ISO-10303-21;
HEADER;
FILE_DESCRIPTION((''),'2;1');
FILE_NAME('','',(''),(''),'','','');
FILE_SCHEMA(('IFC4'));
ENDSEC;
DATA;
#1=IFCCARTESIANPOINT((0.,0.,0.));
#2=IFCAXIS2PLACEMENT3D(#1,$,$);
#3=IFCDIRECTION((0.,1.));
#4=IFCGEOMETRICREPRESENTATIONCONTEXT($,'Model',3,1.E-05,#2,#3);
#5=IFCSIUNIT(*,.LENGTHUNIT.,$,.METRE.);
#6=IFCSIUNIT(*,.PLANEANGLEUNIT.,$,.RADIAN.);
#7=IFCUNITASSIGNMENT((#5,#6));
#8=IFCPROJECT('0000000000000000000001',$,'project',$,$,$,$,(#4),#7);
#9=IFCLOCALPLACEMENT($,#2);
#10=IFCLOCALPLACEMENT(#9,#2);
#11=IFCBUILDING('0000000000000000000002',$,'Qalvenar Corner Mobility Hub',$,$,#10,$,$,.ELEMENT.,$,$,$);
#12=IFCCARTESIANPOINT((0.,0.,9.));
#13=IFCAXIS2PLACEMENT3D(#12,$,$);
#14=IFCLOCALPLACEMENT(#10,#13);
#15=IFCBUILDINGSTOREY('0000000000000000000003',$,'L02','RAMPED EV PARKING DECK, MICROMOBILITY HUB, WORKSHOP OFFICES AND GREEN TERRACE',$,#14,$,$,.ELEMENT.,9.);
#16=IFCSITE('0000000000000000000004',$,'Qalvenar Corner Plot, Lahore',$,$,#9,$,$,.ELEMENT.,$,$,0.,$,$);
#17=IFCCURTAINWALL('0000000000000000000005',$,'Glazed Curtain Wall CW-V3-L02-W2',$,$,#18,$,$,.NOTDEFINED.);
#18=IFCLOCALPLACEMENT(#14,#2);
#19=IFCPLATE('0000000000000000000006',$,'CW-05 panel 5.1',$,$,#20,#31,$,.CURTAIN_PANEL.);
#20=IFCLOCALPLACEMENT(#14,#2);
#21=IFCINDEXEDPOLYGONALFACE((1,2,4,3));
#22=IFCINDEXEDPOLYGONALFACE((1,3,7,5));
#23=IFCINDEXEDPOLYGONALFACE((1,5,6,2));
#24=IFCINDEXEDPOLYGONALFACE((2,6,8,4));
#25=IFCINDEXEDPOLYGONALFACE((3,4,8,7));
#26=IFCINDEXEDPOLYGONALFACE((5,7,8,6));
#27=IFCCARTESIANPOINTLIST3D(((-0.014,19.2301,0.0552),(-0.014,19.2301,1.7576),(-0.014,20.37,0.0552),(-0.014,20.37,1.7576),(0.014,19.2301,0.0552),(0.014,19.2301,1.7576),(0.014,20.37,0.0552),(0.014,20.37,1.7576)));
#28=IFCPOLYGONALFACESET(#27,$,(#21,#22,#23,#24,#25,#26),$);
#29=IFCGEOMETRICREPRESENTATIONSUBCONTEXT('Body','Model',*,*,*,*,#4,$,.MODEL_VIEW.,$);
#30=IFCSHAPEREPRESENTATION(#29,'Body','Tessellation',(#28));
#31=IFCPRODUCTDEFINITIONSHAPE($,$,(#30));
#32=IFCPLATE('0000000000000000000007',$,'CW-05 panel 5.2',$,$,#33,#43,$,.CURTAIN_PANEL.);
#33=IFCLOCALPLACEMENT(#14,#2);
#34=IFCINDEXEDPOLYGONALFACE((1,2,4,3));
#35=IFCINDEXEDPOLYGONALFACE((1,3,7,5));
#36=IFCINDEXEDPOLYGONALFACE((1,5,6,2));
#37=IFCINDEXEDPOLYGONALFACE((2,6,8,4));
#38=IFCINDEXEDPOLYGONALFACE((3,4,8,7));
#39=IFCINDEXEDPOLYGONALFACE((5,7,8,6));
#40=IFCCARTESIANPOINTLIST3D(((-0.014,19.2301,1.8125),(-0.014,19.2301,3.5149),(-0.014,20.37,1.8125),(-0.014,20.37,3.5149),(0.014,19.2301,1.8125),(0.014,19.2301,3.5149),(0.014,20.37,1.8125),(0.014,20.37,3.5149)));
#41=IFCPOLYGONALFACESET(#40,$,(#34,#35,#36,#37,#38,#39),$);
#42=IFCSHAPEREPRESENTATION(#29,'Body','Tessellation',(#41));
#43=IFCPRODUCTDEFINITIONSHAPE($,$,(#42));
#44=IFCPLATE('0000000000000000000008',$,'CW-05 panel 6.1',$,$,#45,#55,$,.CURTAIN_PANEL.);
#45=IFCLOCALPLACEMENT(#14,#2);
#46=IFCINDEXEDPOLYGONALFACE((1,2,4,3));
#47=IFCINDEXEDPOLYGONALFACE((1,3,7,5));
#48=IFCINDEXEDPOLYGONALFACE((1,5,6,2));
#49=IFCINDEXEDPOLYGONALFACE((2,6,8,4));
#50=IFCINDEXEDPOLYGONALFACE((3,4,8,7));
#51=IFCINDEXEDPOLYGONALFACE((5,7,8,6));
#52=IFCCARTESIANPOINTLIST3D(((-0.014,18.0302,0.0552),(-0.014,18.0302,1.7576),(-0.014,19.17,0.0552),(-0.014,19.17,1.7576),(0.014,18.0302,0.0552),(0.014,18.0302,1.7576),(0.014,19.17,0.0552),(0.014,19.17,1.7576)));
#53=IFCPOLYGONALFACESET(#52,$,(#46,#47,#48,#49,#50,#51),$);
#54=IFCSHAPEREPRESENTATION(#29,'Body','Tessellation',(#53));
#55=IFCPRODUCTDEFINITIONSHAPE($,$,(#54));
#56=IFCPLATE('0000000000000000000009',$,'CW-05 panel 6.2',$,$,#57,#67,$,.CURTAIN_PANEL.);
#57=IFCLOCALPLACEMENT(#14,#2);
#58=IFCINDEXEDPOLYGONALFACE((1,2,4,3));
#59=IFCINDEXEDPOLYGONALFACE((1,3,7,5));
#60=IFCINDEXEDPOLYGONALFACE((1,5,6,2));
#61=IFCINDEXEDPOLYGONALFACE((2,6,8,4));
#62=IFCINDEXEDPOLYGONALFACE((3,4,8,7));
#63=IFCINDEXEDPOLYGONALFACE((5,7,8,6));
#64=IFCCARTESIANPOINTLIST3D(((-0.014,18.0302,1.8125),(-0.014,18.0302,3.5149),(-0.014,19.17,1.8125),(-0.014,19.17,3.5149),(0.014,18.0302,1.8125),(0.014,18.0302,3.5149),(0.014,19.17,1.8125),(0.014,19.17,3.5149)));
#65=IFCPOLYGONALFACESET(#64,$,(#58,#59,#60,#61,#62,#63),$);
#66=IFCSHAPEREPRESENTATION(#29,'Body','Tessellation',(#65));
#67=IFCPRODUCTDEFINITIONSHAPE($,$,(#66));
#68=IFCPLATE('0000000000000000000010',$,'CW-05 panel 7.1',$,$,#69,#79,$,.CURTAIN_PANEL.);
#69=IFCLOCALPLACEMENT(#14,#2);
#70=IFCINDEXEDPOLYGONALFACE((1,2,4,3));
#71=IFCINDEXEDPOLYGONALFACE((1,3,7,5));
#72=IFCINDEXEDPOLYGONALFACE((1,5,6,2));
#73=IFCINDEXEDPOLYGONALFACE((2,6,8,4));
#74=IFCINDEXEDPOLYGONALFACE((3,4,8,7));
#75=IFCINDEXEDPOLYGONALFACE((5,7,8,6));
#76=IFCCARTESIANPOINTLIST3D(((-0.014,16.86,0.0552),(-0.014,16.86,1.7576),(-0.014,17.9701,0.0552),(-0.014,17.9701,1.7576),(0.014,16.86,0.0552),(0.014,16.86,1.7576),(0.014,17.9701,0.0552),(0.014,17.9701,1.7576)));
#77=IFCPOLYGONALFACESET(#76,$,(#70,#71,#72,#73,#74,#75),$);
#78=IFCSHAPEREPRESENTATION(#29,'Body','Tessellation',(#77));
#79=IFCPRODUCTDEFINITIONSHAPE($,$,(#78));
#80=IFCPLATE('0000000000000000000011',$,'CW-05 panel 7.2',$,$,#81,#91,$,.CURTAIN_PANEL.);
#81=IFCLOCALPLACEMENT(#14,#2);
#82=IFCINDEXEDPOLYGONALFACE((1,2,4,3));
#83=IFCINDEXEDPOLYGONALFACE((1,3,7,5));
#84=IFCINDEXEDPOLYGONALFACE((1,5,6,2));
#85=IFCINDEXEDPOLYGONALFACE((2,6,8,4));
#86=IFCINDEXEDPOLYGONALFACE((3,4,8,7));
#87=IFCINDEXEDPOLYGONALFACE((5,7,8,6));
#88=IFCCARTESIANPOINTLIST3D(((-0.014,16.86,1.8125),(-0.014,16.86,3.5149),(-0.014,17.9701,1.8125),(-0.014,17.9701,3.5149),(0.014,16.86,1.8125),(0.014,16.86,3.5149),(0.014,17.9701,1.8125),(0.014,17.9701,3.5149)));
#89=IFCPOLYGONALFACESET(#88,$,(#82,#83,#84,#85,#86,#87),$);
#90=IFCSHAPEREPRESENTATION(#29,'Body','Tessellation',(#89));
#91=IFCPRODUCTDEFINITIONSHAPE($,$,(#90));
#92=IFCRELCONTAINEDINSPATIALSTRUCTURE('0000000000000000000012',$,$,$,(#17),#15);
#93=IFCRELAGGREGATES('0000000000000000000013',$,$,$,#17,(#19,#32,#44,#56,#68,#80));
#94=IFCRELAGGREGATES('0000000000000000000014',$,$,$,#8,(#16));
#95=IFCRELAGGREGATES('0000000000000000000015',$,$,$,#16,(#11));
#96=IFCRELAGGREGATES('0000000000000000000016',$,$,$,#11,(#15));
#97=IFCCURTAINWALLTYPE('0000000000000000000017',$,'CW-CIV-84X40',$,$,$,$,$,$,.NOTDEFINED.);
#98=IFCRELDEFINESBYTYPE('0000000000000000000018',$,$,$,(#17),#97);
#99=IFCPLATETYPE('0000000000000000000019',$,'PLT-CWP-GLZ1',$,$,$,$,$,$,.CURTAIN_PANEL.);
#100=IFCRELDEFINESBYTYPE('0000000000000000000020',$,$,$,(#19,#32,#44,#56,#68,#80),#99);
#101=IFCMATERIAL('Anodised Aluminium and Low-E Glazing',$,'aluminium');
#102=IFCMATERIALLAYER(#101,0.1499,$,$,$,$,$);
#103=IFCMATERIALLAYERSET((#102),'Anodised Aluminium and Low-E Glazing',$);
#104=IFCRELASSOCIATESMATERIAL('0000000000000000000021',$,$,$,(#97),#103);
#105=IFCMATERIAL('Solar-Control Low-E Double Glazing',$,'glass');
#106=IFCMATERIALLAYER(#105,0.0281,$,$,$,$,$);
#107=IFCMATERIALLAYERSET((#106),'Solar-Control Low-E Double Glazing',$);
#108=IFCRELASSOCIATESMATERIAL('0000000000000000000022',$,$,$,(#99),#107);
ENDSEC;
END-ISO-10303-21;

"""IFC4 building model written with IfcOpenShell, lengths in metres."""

from ifc_helpers import new_model, si_unit, direction, frame, origin, origin_2d, place, context, subcontext, project, spatial, rectangle, extrude, material, layer, layer_set, type_object, element, aggregate, save


model = new_model("IFC4")

# Units and contexts
model_context = context("Model", 3, precision=1e-05, world=origin(), true_north=direction((0.0, 1.0)))
body_context = subcontext(model_context, "Body", "Model", "MODEL_VIEW")
ifc_project = project(units=[si_unit("LENGTHUNIT", "METRE"), si_unit("PLANEANGLEUNIT", "RADIAN")], contexts=[model_context])

# Site, building, storey
site_placement = place(None, origin())
site = spatial("IfcSite", under=ifc_project, at=site_placement, Name="Qalvenar Corner Plot, Lahore", CompositionType="ELEMENT", RefElevation=0.0)
building_placement = place(site_placement, origin())
building = spatial("IfcBuilding", under=site, at=building_placement, Name="Qalvenar Corner Mobility Hub", CompositionType="ELEMENT")
storey_placement = place(building_placement, frame((0.0, 0.0, 9.0)))
storey = spatial("IfcBuildingStorey", under=building, at=storey_placement, Name="L02", Description="RAMPED EV PARKING DECK, MICROMOBILITY HUB, WORKSHOP OFFICES AND GREEN TERRACE", CompositionType="ELEMENT", Elevation=9.0)

# Curtain wall
ifc_material_1 = material(Name="Anodised Aluminium and Low-E Glazing", Category="aluminium")
ifc_layer_1 = layer(ifc_material_1, 0.1499)
ifc_layer_set_1 = layer_set([ifc_layer_1], Name="Anodised Aluminium and Low-E Glazing")
curtain_wall_type = type_object("IfcCurtainWallType", Name="CW-CIV-84X40", PredefinedType="NOTDEFINED", material=ifc_layer_set_1)
curtain_wall_1_placement = place(storey_placement, origin())
curtain_wall_1 = element("IfcCurtainWall", 1, at=curtain_wall_1_placement, inside=storey, type_object=curtain_wall_type, Name="Glazed Curtain Wall CW-V3-L02-W2", PredefinedType="NOTDEFINED")

# Plates
ifc_material_2 = material(Name="Solar-Control Low-E Double Glazing", Category="glass")
ifc_layer_2 = layer(ifc_material_2, 0.0281)
ifc_layer_set_2 = layer_set([ifc_layer_2], Name="Solar-Control Low-E Double Glazing")
plate_type = type_object("IfcPlateType", Name="PLT-CWP-GLZ1", PredefinedType="CURTAIN_PANEL", material=ifc_layer_set_2)
plate_1_placement = place(storey_placement, frame((0.0, 19.8, 0.0552), z_axis=(0.0, 0.0, 1.0), x_axis=(0.0, -1.0, 0.0)))
plate_1 = element("IfcPlate", 2, at=plate_1_placement, type_object=plate_type, Name="CW-05 panel 5.1", PredefinedType="CURTAIN_PANEL", context=body_context, shape_type="SweptSolid", body=[
    extrude(rectangle(XDim=1.1399, YDim=0.0281, at=origin_2d()), origin(), (0.0, 0.0, 1.0), 1.7024),
])
plate_2_placement = place(storey_placement, frame((0.0, 19.8, 1.8125), z_axis=(0.0, 0.0, 1.0), x_axis=(0.0, -1.0, 0.0)))
plate_2 = element("IfcPlate", 3, at=plate_2_placement, type_object=plate_type, Name="CW-05 panel 5.2", PredefinedType="CURTAIN_PANEL", context=body_context, shape_type="SweptSolid", body=[
    extrude(rectangle(XDim=1.1399, YDim=0.0281, at=origin_2d()), origin(), (0.0, 0.0, 1.0), 1.7024),
])
plate_3_placement = place(storey_placement, frame((0.0, 18.6001, 0.0552), z_axis=(0.0, 0.0, 1.0), x_axis=(0.0, -1.0, 0.0)))
plate_3 = element("IfcPlate", 4, at=plate_3_placement, type_object=plate_type, Name="CW-05 panel 6.1", PredefinedType="CURTAIN_PANEL", context=body_context, shape_type="SweptSolid", body=[
    extrude(rectangle(XDim=1.1399, YDim=0.0281, at=origin_2d()), origin(), (0.0, 0.0, 1.0), 1.7024),
])
plate_4_placement = place(storey_placement, frame((0.0, 18.6001, 1.8125), z_axis=(0.0, 0.0, 1.0), x_axis=(0.0, -1.0, 0.0)))
plate_4 = element("IfcPlate", 5, at=plate_4_placement, type_object=plate_type, Name="CW-05 panel 6.2", PredefinedType="CURTAIN_PANEL", context=body_context, shape_type="SweptSolid", body=[
    extrude(rectangle(XDim=1.1399, YDim=0.0281, at=origin_2d()), origin(), (0.0, 0.0, 1.0), 1.7024),
])
plate_5_placement = place(storey_placement, frame((0.0, 17.415, 0.0552), z_axis=(0.0, 0.0, 1.0), x_axis=(0.0, -1.0, 0.0)))
plate_5 = element("IfcPlate", 6, at=plate_5_placement, type_object=plate_type, Name="CW-05 panel 7.1", PredefinedType="CURTAIN_PANEL", context=body_context, shape_type="SweptSolid", body=[
    extrude(rectangle(XDim=1.1101, YDim=0.0281, at=origin_2d()), origin(), (0.0, 0.0, 1.0), 1.7024),
])
plate_6_placement = place(storey_placement, frame((0.0, 17.415, 1.8125), z_axis=(0.0, 0.0, 1.0), x_axis=(0.0, -1.0, 0.0)))
plate_6 = element("IfcPlate", 7, at=plate_6_placement, type_object=plate_type, Name="CW-05 panel 7.2", PredefinedType="CURTAIN_PANEL", context=body_context, shape_type="SweptSolid", body=[
    extrude(rectangle(XDim=1.1101, YDim=0.0281, at=origin_2d()), origin(), (0.0, 0.0, 1.0), 1.7024),
])
aggregate(curtain_wall_1, [plate_1, plate_2, plate_3, plate_4, plate_5, plate_6])

save(model, "model.ifc")
